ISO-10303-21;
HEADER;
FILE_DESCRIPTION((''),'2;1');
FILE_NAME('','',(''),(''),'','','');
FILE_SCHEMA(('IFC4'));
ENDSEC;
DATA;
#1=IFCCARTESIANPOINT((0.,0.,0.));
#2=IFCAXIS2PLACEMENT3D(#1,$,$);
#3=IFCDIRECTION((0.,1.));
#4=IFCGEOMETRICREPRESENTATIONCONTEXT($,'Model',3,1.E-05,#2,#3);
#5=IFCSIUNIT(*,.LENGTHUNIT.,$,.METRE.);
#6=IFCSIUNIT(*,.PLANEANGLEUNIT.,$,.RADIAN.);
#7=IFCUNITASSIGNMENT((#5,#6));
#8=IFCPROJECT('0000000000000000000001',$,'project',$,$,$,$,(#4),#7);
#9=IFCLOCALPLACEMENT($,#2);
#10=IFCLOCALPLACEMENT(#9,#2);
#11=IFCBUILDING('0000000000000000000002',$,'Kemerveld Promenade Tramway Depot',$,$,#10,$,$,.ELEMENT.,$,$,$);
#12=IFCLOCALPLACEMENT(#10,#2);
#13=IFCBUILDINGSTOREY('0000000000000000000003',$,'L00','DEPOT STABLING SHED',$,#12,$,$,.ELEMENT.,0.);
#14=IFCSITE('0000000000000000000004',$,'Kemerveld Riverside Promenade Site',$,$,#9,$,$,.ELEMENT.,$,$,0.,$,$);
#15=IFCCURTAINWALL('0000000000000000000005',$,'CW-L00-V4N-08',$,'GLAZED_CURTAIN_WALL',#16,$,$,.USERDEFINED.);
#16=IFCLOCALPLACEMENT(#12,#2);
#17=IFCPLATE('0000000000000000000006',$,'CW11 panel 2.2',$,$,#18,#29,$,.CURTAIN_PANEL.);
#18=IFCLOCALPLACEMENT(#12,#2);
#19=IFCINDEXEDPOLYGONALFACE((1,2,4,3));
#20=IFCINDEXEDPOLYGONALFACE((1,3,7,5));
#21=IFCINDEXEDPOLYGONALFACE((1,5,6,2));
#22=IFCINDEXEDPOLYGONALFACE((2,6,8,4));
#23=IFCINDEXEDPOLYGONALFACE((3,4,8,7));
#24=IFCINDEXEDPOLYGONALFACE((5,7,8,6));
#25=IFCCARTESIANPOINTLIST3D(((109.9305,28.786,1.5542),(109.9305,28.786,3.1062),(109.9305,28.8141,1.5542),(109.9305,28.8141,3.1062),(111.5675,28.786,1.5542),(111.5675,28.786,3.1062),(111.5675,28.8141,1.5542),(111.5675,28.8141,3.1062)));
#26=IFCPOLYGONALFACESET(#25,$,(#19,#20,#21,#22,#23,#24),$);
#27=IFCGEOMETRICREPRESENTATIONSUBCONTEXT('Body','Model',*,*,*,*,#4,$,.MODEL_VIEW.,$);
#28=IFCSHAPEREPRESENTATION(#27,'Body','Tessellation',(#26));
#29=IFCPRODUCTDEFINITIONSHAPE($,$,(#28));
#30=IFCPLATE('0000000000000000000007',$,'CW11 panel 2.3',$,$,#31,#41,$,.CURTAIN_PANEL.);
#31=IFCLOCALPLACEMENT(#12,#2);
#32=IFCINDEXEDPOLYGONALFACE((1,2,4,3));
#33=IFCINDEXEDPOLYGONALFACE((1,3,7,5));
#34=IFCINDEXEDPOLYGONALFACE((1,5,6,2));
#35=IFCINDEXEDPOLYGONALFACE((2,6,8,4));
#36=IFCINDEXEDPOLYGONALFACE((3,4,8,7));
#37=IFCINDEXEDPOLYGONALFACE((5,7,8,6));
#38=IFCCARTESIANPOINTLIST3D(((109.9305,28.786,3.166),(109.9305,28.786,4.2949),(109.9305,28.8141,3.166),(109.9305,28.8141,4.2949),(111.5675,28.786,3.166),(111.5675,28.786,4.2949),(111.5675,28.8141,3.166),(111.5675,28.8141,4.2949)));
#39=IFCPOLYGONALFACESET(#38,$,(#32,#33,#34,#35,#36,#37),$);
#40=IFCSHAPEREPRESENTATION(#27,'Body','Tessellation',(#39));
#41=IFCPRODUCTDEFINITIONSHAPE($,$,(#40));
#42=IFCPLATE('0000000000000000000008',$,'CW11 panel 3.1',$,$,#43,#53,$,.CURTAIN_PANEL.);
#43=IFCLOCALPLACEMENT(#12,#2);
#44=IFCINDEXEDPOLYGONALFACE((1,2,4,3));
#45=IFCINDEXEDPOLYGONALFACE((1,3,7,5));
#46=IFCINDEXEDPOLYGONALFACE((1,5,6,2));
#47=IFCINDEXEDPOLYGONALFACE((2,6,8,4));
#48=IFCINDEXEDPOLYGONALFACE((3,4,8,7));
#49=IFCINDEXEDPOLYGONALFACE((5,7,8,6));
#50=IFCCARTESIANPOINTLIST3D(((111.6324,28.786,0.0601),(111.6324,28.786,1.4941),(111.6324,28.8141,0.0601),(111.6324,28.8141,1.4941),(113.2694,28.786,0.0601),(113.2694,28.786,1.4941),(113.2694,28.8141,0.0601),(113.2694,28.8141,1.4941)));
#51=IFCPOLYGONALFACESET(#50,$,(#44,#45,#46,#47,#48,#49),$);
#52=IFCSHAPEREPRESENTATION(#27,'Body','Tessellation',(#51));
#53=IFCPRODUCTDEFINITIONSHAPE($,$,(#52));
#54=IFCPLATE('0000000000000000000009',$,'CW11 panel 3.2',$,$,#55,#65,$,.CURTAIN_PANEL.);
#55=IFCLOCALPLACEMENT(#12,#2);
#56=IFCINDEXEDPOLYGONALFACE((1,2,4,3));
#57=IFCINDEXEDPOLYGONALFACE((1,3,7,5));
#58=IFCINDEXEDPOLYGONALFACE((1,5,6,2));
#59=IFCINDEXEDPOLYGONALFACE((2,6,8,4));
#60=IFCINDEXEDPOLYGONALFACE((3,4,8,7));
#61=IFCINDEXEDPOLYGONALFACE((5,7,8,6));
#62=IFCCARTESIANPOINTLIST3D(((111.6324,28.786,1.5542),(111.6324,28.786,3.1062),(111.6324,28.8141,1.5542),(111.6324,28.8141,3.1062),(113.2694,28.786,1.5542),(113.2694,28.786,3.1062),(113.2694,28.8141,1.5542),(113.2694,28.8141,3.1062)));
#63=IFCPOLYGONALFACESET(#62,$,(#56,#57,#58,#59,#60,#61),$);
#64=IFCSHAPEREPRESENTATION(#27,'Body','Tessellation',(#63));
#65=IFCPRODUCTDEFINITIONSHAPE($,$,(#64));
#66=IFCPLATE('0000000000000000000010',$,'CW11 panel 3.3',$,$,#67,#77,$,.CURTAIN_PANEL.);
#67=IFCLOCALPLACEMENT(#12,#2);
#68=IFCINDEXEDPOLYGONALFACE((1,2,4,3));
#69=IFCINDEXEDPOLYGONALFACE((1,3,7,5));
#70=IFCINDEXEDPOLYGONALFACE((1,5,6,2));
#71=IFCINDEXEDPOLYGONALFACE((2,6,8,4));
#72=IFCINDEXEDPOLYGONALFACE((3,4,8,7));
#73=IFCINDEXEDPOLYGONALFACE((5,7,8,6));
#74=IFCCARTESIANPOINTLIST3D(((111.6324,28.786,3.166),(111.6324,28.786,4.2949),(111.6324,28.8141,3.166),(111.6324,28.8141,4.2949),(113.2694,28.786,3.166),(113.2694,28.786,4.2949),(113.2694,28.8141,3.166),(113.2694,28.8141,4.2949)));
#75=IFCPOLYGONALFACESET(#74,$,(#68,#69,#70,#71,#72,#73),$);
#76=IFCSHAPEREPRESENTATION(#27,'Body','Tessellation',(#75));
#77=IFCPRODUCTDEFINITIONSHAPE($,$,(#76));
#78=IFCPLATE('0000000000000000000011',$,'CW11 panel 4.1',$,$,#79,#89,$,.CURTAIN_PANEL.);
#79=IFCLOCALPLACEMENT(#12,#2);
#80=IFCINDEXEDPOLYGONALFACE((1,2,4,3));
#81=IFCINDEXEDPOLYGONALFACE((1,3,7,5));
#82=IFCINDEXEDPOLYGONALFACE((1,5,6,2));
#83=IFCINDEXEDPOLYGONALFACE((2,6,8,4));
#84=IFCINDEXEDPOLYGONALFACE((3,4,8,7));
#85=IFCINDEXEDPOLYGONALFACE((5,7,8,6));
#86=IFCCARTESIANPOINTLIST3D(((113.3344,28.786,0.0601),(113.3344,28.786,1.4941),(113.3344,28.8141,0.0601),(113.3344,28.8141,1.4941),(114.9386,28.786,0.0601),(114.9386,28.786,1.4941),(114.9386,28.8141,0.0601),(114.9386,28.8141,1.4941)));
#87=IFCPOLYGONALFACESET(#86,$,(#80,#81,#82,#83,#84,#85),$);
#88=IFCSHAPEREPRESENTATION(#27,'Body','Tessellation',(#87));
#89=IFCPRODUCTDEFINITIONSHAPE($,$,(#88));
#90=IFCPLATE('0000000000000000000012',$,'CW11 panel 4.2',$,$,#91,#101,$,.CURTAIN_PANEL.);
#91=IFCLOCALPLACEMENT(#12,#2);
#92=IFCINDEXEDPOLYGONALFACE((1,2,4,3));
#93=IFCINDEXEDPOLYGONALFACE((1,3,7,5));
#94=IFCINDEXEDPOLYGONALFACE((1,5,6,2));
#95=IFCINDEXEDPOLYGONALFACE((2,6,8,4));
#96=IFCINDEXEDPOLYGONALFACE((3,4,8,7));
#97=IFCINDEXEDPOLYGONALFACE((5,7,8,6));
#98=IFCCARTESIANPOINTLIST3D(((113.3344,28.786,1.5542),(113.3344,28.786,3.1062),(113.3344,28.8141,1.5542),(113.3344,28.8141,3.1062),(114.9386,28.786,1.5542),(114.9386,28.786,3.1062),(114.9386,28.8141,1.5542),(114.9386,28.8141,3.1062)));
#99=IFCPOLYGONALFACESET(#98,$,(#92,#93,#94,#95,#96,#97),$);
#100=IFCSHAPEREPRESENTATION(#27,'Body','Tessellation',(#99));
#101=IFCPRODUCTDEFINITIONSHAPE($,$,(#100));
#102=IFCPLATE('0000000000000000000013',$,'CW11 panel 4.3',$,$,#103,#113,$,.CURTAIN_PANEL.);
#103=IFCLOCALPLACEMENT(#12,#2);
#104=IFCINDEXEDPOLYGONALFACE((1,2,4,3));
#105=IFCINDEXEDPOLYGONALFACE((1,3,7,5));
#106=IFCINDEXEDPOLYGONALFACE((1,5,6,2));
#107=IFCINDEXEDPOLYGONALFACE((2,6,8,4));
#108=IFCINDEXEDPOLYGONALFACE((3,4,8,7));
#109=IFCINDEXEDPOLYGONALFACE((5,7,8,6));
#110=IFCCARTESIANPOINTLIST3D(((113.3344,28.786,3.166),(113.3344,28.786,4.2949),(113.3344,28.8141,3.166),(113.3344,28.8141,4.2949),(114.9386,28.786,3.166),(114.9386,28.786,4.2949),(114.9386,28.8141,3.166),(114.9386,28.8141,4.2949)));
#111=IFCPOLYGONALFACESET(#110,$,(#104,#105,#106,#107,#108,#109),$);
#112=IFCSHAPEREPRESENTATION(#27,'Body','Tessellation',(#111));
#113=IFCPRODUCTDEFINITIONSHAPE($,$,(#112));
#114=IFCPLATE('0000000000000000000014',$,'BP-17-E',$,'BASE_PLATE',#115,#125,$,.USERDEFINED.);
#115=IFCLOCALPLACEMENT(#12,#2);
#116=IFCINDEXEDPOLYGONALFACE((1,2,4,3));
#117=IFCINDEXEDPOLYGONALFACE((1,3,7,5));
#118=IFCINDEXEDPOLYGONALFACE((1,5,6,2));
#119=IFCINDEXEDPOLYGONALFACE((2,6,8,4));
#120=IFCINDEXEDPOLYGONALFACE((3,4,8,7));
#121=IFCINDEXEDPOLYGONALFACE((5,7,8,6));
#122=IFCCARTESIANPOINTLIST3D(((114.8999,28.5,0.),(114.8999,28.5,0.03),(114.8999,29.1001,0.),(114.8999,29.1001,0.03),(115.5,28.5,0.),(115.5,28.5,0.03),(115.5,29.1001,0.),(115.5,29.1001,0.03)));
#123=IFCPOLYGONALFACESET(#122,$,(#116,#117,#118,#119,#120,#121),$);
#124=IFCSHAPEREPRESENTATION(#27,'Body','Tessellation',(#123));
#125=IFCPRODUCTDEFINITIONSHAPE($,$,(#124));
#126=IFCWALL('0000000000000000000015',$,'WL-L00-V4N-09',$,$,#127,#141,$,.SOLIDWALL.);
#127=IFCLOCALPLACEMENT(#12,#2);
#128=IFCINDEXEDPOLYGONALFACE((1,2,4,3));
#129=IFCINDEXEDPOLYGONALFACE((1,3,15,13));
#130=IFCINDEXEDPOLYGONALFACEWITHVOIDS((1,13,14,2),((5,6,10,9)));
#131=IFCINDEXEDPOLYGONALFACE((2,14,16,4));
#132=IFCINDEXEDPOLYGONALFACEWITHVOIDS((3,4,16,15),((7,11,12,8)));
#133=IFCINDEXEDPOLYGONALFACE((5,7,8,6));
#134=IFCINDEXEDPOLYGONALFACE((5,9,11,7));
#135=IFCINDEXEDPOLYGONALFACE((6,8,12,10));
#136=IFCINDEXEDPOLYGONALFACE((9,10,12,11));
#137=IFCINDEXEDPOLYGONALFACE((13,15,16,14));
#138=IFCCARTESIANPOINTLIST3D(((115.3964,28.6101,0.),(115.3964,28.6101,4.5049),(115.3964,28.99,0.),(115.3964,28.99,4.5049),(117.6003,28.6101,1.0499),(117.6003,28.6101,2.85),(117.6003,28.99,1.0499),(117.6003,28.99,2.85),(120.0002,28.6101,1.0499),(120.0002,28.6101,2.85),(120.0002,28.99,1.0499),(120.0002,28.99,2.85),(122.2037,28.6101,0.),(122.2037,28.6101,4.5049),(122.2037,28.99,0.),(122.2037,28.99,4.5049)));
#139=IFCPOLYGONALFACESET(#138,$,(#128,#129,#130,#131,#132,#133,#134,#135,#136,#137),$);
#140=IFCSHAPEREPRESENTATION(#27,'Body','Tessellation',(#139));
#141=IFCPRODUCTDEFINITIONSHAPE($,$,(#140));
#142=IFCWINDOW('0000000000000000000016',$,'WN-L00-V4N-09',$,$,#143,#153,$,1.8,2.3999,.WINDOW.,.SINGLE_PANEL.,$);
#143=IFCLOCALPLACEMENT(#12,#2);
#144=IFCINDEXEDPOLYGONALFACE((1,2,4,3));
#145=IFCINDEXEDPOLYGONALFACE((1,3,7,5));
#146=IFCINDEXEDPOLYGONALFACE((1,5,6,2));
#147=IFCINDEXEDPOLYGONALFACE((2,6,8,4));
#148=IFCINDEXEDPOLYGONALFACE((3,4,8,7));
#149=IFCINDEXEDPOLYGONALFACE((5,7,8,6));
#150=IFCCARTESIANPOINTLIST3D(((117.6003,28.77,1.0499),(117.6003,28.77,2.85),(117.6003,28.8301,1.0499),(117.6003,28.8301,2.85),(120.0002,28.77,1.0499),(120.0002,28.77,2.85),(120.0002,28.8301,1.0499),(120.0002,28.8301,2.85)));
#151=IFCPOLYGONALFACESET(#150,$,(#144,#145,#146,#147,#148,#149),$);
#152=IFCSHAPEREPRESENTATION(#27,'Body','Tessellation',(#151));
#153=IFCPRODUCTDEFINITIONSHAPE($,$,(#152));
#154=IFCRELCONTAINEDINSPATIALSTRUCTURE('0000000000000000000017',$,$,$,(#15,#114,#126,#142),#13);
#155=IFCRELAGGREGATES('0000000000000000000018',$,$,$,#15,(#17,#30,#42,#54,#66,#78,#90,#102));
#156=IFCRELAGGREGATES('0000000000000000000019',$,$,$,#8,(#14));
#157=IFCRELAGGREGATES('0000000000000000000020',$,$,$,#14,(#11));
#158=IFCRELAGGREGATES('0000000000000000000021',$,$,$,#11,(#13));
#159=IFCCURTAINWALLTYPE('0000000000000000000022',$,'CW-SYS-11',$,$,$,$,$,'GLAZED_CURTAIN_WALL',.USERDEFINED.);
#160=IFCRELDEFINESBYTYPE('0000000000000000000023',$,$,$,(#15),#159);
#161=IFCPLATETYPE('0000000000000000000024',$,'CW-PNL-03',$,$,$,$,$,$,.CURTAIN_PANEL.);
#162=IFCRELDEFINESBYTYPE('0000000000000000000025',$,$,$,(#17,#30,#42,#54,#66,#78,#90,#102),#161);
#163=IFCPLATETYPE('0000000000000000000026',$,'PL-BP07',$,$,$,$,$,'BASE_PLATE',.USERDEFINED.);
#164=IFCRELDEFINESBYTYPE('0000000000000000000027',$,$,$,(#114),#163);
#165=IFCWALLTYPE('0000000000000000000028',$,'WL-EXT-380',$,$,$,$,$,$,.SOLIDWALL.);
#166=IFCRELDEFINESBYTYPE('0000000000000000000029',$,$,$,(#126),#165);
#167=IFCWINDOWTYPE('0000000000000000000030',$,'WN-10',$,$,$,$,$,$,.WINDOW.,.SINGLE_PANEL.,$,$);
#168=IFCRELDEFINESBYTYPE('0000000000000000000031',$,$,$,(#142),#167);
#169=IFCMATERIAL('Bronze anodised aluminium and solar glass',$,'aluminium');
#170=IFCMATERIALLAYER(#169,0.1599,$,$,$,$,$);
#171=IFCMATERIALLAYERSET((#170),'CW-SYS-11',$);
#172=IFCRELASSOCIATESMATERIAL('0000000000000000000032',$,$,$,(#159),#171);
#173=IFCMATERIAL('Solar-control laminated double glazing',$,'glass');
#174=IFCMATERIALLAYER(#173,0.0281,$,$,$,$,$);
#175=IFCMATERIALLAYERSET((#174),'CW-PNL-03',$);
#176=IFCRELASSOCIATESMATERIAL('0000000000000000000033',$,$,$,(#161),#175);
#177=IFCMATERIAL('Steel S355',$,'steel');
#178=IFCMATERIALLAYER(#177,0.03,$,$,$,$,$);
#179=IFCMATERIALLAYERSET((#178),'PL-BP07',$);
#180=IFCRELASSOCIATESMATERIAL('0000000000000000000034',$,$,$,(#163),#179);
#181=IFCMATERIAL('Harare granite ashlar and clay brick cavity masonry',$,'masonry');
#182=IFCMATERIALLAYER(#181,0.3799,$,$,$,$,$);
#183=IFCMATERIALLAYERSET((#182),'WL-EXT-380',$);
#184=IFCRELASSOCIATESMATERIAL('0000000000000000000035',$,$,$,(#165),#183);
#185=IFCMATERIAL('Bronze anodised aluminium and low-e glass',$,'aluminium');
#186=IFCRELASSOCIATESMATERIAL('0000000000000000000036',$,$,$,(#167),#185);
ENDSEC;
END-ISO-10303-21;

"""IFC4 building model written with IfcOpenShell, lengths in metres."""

from ifc_helpers import new_model, si_unit, direction, frame, frame_2d, origin, origin_2d, place, context, subcontext, project, spatial, rectangle, extrude, material, layer, layer_set, type_object, element, fill, aggregate, save


model = new_model("IFC4")

# Units and contexts
model_context = context("Model", 3, precision=1e-05, world=origin(), true_north=direction((0.0, 1.0)))
body_context = subcontext(model_context, "Body", "Model", "MODEL_VIEW")
ifc_project = project(units=[si_unit("LENGTHUNIT", "METRE"), si_unit("PLANEANGLEUNIT", "RADIAN")], contexts=[model_context])

# Site, building, storey
site_placement = place(None, origin())
site = spatial("IfcSite", under=ifc_project, at=site_placement, Name="Kemerveld Riverside Promenade Site", CompositionType="ELEMENT", RefElevation=0.0)
building_placement = place(site_placement, origin())
building = spatial("IfcBuilding", under=site, at=building_placement, Name="Kemerveld Promenade Tramway Depot", CompositionType="ELEMENT")
storey_placement = place(building_placement, origin())
storey = spatial("IfcBuildingStorey", under=building, at=storey_placement, Name="L00", Description="DEPOT STABLING SHED", CompositionType="ELEMENT", Elevation=0.0)

# Shared definitions
ifc_material_1 = material(Name="Steel S355", Category="steel")

# Curtain wall, plates
ifc_material_2 = material(Name="Bronze anodised aluminium and solar glass", Category="aluminium")
ifc_layer_1 = layer(ifc_material_2, 0.1599)
ifc_layer_set_1 = layer_set([ifc_layer_1], Name="CW-SYS-11")
curtain_wall_type = type_object("IfcCurtainWallType", Name="CW-SYS-11", ElementType="GLAZED_CURTAIN_WALL", PredefinedType="USERDEFINED", material=ifc_layer_set_1)
curtain_wall_placement = place(storey_placement, origin())
curtain_wall = element("IfcCurtainWall", 1, at=curtain_wall_placement, inside=storey, type_object=curtain_wall_type, Name="CW-L00-V4N-08", ObjectType="GLAZED_CURTAIN_WALL", PredefinedType="USERDEFINED")
ifc_material_3 = material(Name="Solar-control laminated double glazing", Category="glass")
ifc_layer_2 = layer(ifc_material_3, 0.0281)
ifc_layer_set_2 = layer_set([ifc_layer_2], Name="CW-PNL-03")
plate_type_1 = type_object("IfcPlateType", Name="CW-PNL-03", PredefinedType="CURTAIN_PANEL", material=ifc_layer_set_2)
plate_1_placement = place(storey_placement, frame((110.749, 28.8, 1.5542), z_axis=(0.0, 0.0, 1.0), x_axis=(1.0, 0.0, 0.0)))
plate_1 = element("IfcPlate", 2, at=plate_1_placement, type_object=plate_type_1, Name="CW11 panel 2.2", PredefinedType="CURTAIN_PANEL", context=body_context, shape_type="SweptSolid", body=[
    extrude(rectangle(XDim=1.637, YDim=0.0281, at=origin_2d()), origin(), (0.0, 0.0, 1.0), 1.552),
])
plate_2_placement = place(storey_placement, frame((110.749, 28.8, 3.166), z_axis=(0.0, 0.0, 1.0), x_axis=(1.0, 0.0, 0.0)))
plate_2 = element("IfcPlate", 3, at=plate_2_placement, type_object=plate_type_1, Name="CW11 panel 2.3", PredefinedType="CURTAIN_PANEL", context=body_context, shape_type="SweptSolid", body=[
    extrude(rectangle(XDim=1.637, YDim=0.0281, at=origin_2d()), origin(), (0.0, 0.0, 1.0), 1.1289),
])
plate_3_placement = place(storey_placement, frame((112.4509, 28.8, 0.0601), z_axis=(0.0, 0.0, 1.0), x_axis=(1.0, 0.0, 0.0)))
plate_3 = element("IfcPlate", 4, at=plate_3_placement, type_object=plate_type_1, Name="CW11 panel 3.1", PredefinedType="CURTAIN_PANEL", context=body_context, shape_type="SweptSolid", body=[
    extrude(rectangle(XDim=1.637, YDim=0.0281, at=origin_2d()), origin(), (0.0, 0.0, 1.0), 1.4341),
])
plate_4_placement = place(storey_placement, frame((112.4509, 28.8, 1.5542), z_axis=(0.0, 0.0, 1.0), x_axis=(1.0, 0.0, 0.0)))
plate_4 = element("IfcPlate", 5, at=plate_4_placement, type_object=plate_type_1, Name="CW11 panel 3.2", PredefinedType="CURTAIN_PANEL", context=body_context, shape_type="SweptSolid", body=[
    extrude(rectangle(XDim=1.637, YDim=0.0281, at=origin_2d()), origin(), (0.0, 0.0, 1.0), 1.552),
])
plate_5_placement = place(storey_placement, frame((112.4509, 28.8, 3.166), z_axis=(0.0, 0.0, 1.0), x_axis=(1.0, 0.0, 0.0)))
plate_5 = element("IfcPlate", 6, at=plate_5_placement, type_object=plate_type_1, Name="CW11 panel 3.3", PredefinedType="CURTAIN_PANEL", context=body_context, shape_type="SweptSolid", body=[
    extrude(rectangle(XDim=1.637, YDim=0.0281, at=origin_2d()), origin(), (0.0, 0.0, 1.0), 1.1289),
])
plate_6_placement = place(storey_placement, frame((114.1365, 28.8, 0.0601), z_axis=(0.0, 0.0, 1.0), x_axis=(1.0, 0.0, 0.0)))
plate_6 = element("IfcPlate", 7, at=plate_6_placement, type_object=plate_type_1, Name="CW11 panel 4.1", PredefinedType="CURTAIN_PANEL", context=body_context, shape_type="SweptSolid", body=[
    extrude(rectangle(XDim=1.6042, YDim=0.0281, at=origin_2d()), origin(), (0.0, 0.0, 1.0), 1.4341),
])
plate_7_placement = place(storey_placement, frame((114.1365, 28.8, 1.5542), z_axis=(0.0, 0.0, 1.0), x_axis=(1.0, 0.0, 0.0)))
plate_7 = element("IfcPlate", 8, at=plate_7_placement, type_object=plate_type_1, Name="CW11 panel 4.2", PredefinedType="CURTAIN_PANEL", context=body_context, shape_type="SweptSolid", body=[
    extrude(rectangle(XDim=1.6042, YDim=0.0281, at=origin_2d()), origin(), (0.0, 0.0, 1.0), 1.552),
])
plate_8_placement = place(storey_placement, frame((114.1365, 28.8, 3.166), z_axis=(0.0, 0.0, 1.0), x_axis=(1.0, 0.0, 0.0)))
plate_8 = element("IfcPlate", 9, at=plate_8_placement, type_object=plate_type_1, Name="CW11 panel 4.3", PredefinedType="CURTAIN_PANEL", context=body_context, shape_type="SweptSolid", body=[
    extrude(rectangle(XDim=1.6042, YDim=0.0281, at=origin_2d()), origin(), (0.0, 0.0, 1.0), 1.1289),
])
aggregate(curtain_wall, [plate_1, plate_2, plate_3, plate_4, plate_5, plate_6, plate_7, plate_8])

# Plate
ifc_layer_3 = layer(ifc_material_1, 0.03)
ifc_layer_set_3 = layer_set([ifc_layer_3], Name="PL-BP07")
plate_type_2 = type_object("IfcPlateType", Name="PL-BP07", ElementType="BASE_PLATE", PredefinedType="USERDEFINED", material=ifc_layer_set_3)
plate_9_placement = place(storey_placement, frame((115.2, 28.8, 0.0), z_axis=(0.0, 0.0, 1.0), x_axis=(1.0, 0.0, 0.0)))
element("IfcPlate", 10, at=plate_9_placement, inside=storey, type_object=plate_type_2, Name="BP-17-E", ObjectType="BASE_PLATE", PredefinedType="USERDEFINED", context=body_context, shape_type="SweptSolid", body=[
    extrude(rectangle(XDim=0.6001, YDim=0.6001, at=origin_2d()), origin(), (0.0, 0.0, 1.0), 0.03),
])

# Wall, opening, window
ifc_material_4 = material(Name="Harare granite ashlar and clay brick cavity masonry", Category="masonry")
ifc_layer_4 = layer(ifc_material_4, 0.3799)
ifc_layer_set_4 = layer_set([ifc_layer_4], Name="WL-EXT-380")
wall_type = type_object("IfcWallType", Name="WL-EXT-380", PredefinedType="SOLIDWALL", material=ifc_layer_set_4)
wall_placement = place(storey_placement, frame((115.3962, 28.8, 0.0), z_axis=(0.0, 0.0, 1.0), x_axis=(1.0, 0.0, 0.0)))
wall = element("IfcWall", 11, at=wall_placement, inside=storey, type_object=wall_type, Name="WL-L00-V4N-09", PredefinedType="SOLIDWALL", context=body_context, shape_type="SweptSolid", body=[
    extrude(rectangle(XDim=6.8074, YDim=0.3799, at=frame_2d((3.4038, 0.0))), origin(), (0.0, 0.0, 1.0), 4.5049),
])
opening_placement = place(wall_placement, frame((2.2041, 0.0, 1.05)))
opening = element("IfcOpeningElement", 12, at=opening_placement, cuts=wall, PredefinedType="OPENING", context=body_context, shape_type="SweptSolid", body=[
    extrude(rectangle(XDim=2.3999, YDim=1.8, at=frame_2d((1.2, 0.8999))), frame((0.0, 0.2, 0.0), z_axis=(0.0, -1.0, 0.0), x_axis=(1.0, 0.0, 0.0)), (0.0, 0.0, 1.0), 0.3999),
])
ifc_material_5 = material(Name="Bronze anodised aluminium and low-e glass", Category="aluminium")
window_type = type_object("IfcWindowType", Name="WN-10", PartitioningType="SINGLE_PANEL", PredefinedType="WINDOW", material=ifc_material_5)
window_placement = place(opening_placement, origin())
window = element("IfcWindow", 13, at=window_placement, inside=storey, type_object=window_type, Name="WN-L00-V4N-09", OverallHeight=1.8, OverallWidth=2.3999, PartitioningType="SINGLE_PANEL", PredefinedType="WINDOW", context=body_context, shape_type="SweptSolid", body=[
    extrude(rectangle(XDim=2.3999, YDim=1.8, at=frame_2d((1.2, 0.8999))), frame((0.0, 0.03, 0.0), z_axis=(0.0, -1.0, 0.0), x_axis=(1.0, 0.0, 0.0)), (0.0, 0.0, 1.0), 0.0601),
])
fill(opening, window)

save(model, "model.ifc")
